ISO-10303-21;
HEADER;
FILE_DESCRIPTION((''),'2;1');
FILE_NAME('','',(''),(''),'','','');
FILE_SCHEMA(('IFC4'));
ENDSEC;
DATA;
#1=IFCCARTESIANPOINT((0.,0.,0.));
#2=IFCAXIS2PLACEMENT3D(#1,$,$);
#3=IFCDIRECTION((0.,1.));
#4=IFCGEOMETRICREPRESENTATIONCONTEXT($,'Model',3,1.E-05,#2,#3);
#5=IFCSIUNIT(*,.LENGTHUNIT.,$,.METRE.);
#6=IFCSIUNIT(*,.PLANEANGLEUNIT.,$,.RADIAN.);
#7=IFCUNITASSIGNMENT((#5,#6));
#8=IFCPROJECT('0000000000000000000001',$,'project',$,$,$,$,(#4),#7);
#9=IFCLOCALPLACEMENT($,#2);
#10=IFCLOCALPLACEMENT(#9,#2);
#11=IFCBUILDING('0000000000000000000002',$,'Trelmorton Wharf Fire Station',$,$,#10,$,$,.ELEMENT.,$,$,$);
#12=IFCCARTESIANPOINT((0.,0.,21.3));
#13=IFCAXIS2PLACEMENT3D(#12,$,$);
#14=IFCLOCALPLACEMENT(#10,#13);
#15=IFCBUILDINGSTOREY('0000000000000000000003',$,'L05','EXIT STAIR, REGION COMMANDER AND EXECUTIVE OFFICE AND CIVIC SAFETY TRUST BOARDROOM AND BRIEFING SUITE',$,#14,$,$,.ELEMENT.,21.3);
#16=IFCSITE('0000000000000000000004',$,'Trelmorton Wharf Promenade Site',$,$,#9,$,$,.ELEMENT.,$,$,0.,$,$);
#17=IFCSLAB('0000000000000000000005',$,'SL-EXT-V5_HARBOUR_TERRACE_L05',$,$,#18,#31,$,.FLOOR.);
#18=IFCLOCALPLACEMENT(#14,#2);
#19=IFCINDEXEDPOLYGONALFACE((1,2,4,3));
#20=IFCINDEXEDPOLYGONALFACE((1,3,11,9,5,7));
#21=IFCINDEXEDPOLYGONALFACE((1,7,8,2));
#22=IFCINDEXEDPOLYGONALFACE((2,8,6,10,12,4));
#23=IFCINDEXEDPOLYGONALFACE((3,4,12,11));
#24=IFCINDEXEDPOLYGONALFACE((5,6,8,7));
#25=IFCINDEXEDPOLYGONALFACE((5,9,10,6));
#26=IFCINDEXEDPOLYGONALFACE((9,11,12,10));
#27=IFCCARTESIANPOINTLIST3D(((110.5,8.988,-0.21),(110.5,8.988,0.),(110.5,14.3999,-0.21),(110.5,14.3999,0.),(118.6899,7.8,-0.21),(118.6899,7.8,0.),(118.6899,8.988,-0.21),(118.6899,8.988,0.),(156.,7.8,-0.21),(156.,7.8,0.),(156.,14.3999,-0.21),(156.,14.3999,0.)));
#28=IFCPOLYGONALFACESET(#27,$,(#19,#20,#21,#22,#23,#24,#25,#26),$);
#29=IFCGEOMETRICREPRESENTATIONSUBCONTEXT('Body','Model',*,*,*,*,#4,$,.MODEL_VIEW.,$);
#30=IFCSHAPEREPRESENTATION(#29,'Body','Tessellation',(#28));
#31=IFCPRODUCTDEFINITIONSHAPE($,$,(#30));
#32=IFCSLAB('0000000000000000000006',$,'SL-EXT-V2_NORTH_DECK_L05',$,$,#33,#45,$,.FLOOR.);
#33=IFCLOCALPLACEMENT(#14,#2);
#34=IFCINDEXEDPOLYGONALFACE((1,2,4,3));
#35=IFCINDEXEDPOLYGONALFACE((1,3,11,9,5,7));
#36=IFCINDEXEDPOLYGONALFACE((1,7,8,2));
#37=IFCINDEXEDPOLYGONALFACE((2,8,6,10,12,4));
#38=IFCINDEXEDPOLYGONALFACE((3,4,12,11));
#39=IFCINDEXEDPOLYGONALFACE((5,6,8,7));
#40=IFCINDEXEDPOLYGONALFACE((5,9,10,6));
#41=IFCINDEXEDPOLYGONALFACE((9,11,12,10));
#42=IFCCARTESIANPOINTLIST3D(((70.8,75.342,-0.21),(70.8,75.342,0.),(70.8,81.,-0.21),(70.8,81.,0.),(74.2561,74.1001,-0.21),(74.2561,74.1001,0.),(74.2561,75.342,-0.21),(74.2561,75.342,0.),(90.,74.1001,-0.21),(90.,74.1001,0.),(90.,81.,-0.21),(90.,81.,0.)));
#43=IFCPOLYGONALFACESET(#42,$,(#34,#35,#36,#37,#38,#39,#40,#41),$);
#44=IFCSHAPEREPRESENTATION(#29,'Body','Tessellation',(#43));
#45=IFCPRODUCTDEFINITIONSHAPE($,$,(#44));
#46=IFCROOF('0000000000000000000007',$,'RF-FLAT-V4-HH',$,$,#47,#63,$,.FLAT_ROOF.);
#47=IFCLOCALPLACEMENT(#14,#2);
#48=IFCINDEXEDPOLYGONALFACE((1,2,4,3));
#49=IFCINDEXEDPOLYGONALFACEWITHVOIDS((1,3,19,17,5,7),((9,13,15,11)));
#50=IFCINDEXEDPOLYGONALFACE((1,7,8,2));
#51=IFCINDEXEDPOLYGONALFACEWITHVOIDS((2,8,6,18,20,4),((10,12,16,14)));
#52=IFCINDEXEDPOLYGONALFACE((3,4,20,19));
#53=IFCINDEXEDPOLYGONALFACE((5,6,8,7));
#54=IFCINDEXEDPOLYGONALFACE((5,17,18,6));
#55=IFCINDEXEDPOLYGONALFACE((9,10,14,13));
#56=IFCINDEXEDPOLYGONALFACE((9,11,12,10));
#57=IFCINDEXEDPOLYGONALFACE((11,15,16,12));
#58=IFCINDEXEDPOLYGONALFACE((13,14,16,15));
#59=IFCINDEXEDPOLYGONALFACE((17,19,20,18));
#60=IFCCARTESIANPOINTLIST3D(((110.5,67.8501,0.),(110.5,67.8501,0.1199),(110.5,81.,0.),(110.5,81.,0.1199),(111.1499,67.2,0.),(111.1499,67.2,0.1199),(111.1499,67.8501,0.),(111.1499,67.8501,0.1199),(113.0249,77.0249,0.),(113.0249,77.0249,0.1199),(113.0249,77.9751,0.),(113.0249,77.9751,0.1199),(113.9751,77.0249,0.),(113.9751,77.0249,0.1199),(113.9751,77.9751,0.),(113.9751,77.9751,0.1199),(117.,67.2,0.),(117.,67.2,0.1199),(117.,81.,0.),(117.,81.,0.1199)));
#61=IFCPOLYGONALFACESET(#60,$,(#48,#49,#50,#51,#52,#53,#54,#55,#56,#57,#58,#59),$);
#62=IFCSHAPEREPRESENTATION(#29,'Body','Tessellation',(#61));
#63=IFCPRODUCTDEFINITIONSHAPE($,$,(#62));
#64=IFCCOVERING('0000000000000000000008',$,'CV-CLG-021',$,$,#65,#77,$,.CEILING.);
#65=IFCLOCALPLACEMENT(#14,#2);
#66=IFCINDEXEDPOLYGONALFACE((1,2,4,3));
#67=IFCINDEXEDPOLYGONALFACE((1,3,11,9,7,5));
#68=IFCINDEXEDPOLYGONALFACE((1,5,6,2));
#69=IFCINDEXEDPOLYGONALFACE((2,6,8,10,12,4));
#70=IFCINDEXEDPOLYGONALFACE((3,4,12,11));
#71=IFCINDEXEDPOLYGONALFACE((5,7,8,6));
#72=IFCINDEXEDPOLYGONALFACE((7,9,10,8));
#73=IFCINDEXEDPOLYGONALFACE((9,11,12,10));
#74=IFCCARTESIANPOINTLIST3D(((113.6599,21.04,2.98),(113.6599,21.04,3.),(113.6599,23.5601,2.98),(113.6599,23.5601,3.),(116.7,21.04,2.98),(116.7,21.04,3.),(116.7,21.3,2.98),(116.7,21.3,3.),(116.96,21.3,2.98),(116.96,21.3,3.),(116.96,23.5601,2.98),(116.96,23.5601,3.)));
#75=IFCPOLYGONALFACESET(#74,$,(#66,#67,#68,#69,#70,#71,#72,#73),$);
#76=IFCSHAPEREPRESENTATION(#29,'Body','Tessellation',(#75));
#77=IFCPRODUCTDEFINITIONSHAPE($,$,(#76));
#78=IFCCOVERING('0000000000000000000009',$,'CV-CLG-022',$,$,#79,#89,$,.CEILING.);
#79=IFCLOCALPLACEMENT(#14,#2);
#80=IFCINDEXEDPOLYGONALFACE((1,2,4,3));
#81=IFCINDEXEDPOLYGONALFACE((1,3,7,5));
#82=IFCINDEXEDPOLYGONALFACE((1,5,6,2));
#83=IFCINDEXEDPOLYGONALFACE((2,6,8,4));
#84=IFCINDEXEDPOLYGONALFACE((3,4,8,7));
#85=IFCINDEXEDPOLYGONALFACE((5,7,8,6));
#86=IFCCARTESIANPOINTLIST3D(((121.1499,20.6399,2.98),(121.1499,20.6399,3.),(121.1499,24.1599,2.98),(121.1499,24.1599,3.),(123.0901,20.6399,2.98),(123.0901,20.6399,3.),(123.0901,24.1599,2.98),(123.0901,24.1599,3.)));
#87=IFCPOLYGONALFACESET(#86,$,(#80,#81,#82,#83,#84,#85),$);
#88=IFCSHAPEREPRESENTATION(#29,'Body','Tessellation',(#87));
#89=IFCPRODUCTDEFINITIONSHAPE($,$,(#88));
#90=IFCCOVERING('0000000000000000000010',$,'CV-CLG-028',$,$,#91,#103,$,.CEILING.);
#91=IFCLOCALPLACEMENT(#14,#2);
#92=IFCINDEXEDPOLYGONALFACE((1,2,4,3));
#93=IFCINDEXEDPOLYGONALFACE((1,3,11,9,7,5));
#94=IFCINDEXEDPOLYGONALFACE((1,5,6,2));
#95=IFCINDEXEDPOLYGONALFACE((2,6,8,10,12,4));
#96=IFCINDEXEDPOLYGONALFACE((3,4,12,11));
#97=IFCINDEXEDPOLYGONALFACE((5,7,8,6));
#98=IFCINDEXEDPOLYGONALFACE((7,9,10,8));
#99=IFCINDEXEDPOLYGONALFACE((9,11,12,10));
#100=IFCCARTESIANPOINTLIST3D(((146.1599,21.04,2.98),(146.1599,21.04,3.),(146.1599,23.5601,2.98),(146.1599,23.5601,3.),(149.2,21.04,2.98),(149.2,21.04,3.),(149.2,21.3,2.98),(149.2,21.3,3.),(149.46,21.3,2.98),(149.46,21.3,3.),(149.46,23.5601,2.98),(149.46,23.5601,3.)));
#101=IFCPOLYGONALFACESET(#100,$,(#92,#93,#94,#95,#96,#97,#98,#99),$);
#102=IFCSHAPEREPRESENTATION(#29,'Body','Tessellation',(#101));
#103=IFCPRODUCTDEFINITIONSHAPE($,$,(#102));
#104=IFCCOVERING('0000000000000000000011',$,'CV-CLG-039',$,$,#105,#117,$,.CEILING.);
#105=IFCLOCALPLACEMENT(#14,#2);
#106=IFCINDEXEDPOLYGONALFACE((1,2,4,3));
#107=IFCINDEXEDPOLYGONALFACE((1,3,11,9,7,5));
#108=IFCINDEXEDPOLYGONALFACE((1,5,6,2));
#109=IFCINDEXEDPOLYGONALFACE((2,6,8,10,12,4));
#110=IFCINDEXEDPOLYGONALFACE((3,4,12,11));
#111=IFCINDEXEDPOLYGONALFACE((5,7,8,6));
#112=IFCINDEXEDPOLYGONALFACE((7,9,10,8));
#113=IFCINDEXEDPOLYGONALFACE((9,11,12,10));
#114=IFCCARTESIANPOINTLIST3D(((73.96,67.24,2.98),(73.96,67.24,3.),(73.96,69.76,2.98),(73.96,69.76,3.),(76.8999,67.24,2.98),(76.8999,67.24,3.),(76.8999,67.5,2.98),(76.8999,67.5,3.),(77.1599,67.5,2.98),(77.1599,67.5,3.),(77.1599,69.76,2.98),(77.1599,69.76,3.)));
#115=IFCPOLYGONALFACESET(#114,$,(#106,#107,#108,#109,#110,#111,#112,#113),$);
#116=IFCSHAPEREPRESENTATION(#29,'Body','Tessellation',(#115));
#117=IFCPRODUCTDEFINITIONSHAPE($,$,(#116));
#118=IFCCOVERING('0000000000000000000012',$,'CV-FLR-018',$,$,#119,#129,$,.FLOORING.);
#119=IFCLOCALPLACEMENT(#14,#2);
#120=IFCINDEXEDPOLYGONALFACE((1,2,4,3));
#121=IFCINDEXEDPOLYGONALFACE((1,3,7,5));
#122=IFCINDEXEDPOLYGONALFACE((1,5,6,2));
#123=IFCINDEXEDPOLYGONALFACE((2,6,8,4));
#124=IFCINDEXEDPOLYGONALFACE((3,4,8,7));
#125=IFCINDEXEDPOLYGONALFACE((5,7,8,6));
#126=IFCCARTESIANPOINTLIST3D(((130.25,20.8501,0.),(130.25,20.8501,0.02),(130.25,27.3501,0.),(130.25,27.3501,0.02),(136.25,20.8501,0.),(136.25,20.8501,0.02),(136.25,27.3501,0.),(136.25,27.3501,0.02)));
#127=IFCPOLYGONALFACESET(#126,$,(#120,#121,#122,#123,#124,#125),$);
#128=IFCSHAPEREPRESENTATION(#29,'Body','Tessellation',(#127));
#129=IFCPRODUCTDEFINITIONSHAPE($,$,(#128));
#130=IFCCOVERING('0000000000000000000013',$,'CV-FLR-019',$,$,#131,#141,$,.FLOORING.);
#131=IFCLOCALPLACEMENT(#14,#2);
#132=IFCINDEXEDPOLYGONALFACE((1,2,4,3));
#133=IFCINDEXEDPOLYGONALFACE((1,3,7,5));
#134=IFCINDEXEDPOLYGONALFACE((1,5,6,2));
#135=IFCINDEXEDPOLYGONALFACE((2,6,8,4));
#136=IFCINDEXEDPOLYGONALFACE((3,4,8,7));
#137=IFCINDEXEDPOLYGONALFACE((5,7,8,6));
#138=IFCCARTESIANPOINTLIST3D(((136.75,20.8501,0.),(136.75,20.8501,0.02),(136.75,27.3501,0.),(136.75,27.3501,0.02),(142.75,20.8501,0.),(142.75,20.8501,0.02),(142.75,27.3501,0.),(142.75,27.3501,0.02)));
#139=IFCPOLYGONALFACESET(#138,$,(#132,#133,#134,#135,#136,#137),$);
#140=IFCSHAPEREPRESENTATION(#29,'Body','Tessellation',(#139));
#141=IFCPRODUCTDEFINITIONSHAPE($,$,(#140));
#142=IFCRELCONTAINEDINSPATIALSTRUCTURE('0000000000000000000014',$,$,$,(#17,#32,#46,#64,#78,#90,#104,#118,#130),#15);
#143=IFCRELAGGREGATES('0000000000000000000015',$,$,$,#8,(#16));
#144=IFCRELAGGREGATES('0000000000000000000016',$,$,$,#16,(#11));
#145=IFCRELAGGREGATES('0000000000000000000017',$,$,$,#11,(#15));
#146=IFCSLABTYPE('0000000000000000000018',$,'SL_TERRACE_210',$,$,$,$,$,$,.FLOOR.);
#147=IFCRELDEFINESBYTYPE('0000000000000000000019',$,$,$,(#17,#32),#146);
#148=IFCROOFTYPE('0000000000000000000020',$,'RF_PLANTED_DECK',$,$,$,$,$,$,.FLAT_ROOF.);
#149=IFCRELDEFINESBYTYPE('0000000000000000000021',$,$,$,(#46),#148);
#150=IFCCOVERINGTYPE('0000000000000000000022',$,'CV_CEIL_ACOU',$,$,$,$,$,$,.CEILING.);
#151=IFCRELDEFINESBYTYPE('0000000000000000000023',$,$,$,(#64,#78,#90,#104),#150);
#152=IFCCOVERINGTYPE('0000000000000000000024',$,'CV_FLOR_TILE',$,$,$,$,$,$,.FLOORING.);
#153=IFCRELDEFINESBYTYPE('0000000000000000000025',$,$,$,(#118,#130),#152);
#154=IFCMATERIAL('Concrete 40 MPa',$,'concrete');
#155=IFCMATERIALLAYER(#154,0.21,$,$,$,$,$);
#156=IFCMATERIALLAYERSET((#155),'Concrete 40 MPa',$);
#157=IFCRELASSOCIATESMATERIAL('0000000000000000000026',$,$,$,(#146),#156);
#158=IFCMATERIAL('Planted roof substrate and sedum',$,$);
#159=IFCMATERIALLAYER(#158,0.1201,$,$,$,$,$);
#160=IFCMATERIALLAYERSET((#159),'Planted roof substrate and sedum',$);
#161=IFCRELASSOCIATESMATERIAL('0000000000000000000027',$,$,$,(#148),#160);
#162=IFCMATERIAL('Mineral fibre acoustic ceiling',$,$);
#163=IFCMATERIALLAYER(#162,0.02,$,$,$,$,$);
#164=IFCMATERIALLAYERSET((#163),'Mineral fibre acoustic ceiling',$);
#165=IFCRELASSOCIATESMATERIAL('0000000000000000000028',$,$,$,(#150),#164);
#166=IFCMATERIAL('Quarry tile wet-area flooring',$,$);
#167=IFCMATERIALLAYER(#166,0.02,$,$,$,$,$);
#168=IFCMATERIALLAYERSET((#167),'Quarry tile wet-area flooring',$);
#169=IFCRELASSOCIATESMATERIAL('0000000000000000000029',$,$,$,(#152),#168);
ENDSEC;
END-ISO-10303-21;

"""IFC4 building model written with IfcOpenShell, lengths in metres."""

from ifc_helpers import new_model, si_unit, direction, frame, origin, place, context, subcontext, project, spatial, polyline, outline, extrude, material, layer, layer_set, type_object, element, save


model = new_model("IFC4")

# Units and contexts
model_context = context("Model", 3, precision=1e-05, world=origin(), true_north=direction((0.0, 1.0)))
body_context = subcontext(model_context, "Body", "Model", "MODEL_VIEW")
ifc_project = project(units=[si_unit("LENGTHUNIT", "METRE"), si_unit("PLANEANGLEUNIT", "RADIAN")], contexts=[model_context])

# Site, building, storey
site_placement = place(None, origin())
site = spatial("IfcSite", under=ifc_project, at=site_placement, Name="Trelmorton Wharf Promenade Site", CompositionType="ELEMENT", RefElevation=0.0)
building_placement = place(site_placement, origin())
building = spatial("IfcBuilding", under=site, at=building_placement, Name="Trelmorton Wharf Fire Station", CompositionType="ELEMENT")
storey_placement = place(building_placement, frame((0.0, 0.0, 21.3)))
storey = spatial("IfcBuildingStorey", under=building, at=storey_placement, Name="L05", Description="EXIT STAIR, REGION COMMANDER AND EXECUTIVE OFFICE AND CIVIC SAFETY TRUST BOARDROOM AND BRIEFING SUITE", CompositionType="ELEMENT", Elevation=21.3)

# Shared definitions
ifc_material_1 = material(Name="Concrete 40 MPa", Category="concrete")

# Slabs
ifc_layer_1 = layer(ifc_material_1, 0.21)
ifc_layer_set_1 = layer_set([ifc_layer_1], Name="Concrete 40 MPa")
slab_type_1 = type_object("IfcSlabType", Name="SL_TERRACE_210", PredefinedType="FLOOR", material=ifc_layer_set_1)
slab_1_placement = place(storey_placement, frame((0.0, 0.0, -0.21)))
element("IfcSlab", 1, at=slab_1_placement, inside=storey, type_object=slab_type_1, Name="SL-EXT-V5_HARBOUR_TERRACE_L05", PredefinedType="FLOOR", context=body_context, shape_type="SweptSolid", body=[
    extrude(outline(polyline([(110.5, 14.3999), (156.0, 14.3999), (156.0, 7.8), (118.6899, 7.8), (118.6899, 8.988), (110.5, 8.988), (110.5, 14.3999)])), origin(), (0.0, 0.0, 1.0), 0.21),
])
slab_2_placement = place(storey_placement, frame((0.0, 0.0, -0.21)))
element("IfcSlab", 2, at=slab_2_placement, inside=storey, type_object=slab_type_1, Name="SL-EXT-V2_NORTH_DECK_L05", PredefinedType="FLOOR", context=body_context, shape_type="SweptSolid", body=[
    extrude(outline(polyline([(70.8, 81.0), (90.0, 81.0), (90.0, 74.1001), (74.2561, 74.1001), (74.2561, 75.342), (70.8, 75.342), (70.8, 81.0)])), origin(), (0.0, 0.0, 1.0), 0.21),
])

# Roof
ifc_material_2 = material(Name="Planted roof substrate and sedum")
ifc_layer_2 = layer(ifc_material_2, 0.1201)
ifc_layer_set_2 = layer_set([ifc_layer_2], Name="Planted roof substrate and sedum")
roof_type = type_object("IfcRoofType", Name="RF_PLANTED_DECK", PredefinedType="FLAT_ROOF", material=ifc_layer_set_2)
roof_placement = place(storey_placement, origin())
element("IfcRoof", 3, at=roof_placement, inside=storey, type_object=roof_type, Name="RF-FLAT-V4-HH", PredefinedType="FLAT_ROOF", context=body_context, shape_type="SweptSolid", body=[
    extrude(outline(polyline([(117.0, 81.0), (117.0, 67.2), (111.1499, 67.2), (111.1499, 67.8501), (110.5, 67.8501), (110.5, 81.0), (117.0, 81.0)]), holes=[polyline([(113.9751, 77.9751), (113.0249, 77.9751), (113.0249, 77.0249), (113.9751, 77.0249), (113.9751, 77.9751)])]), origin(), (0.0, 0.0, 1.0), 0.1199),
])

# Coverings
ifc_material_3 = material(Name="Mineral fibre acoustic ceiling")
ifc_layer_3 = layer(ifc_material_3, 0.02)
ifc_layer_set_3 = layer_set([ifc_layer_3], Name="Mineral fibre acoustic ceiling")
covering_type_1 = type_object("IfcCoveringType", Name="CV_CEIL_ACOU", PredefinedType="CEILING", material=ifc_layer_set_3)
covering_1_placement = place(storey_placement, frame((0.0, 0.0, 2.98)))
element("IfcCovering", 4, at=covering_1_placement, inside=storey, type_object=covering_type_1, Name="CV-CLG-021", PredefinedType="CEILING", context=body_context, shape_type="SweptSolid", body=[
    extrude(outline(polyline([(113.6599, 21.04), (113.6599, 23.5601), (116.96, 23.5601), (116.96, 21.3), (116.7, 21.3), (116.7, 21.04), (113.6599, 21.04)])), origin(), (0.0, 0.0, 1.0), 0.02),
])
covering_2_placement = place(storey_placement, frame((0.0, 0.0, 2.98)))
element("IfcCovering", 5, at=covering_2_placement, inside=storey, type_object=covering_type_1, Name="CV-CLG-022", PredefinedType="CEILING", context=body_context, shape_type="SweptSolid", body=[
    extrude(outline(polyline([(123.0901, 20.6399), (123.0901, 24.1599), (121.1499, 24.1599), (121.1499, 20.6399), (123.0901, 20.6399)])), origin(), (0.0, 0.0, 1.0), 0.02),
])
covering_3_placement = place(storey_placement, frame((0.0, 0.0, 2.98)))
element("IfcCovering", 6, at=covering_3_placement, inside=storey, type_object=covering_type_1, Name="CV-CLG-028", PredefinedType="CEILING", context=body_context, shape_type="SweptSolid", body=[
    extrude(outline(polyline([(146.1599, 21.04), (146.1599, 23.5601), (149.46, 23.5601), (149.46, 21.3), (149.2, 21.3), (149.2, 21.04), (146.1599, 21.04)])), origin(), (0.0, 0.0, 1.0), 0.02),
])
covering_4_placement = place(storey_placement, frame((0.0, 0.0, 2.98)))
element("IfcCovering", 7, at=covering_4_placement, inside=storey, type_object=covering_type_1, Name="CV-CLG-039", PredefinedType="CEILING", context=body_context, shape_type="SweptSolid", body=[
    extrude(outline(polyline([(73.96, 67.24), (73.96, 69.76), (77.1599, 69.76), (77.1599, 67.5), (76.8999, 67.5), (76.8999, 67.24), (73.96, 67.24)])), origin(), (0.0, 0.0, 1.0), 0.02),
])
ifc_material_4 = material(Name="Quarry tile wet-area flooring")
ifc_layer_4 = layer(ifc_material_4, 0.02)
ifc_layer_set_4 = layer_set([ifc_layer_4], Name="Quarry tile wet-area flooring")
covering_type_2 = type_object("IfcCoveringType", Name="CV_FLOR_TILE", PredefinedType="FLOORING", material=ifc_layer_set_4)
covering_5_placement = place(storey_placement, origin())
element("IfcCovering", 8, at=covering_5_placement, inside=storey, type_object=covering_type_2, Name="CV-FLR-018", PredefinedType="FLOORING", context=body_context, shape_type="SweptSolid", body=[
    extrude(outline(polyline([(136.25, 20.8501), (136.25, 27.3501), (130.25, 27.3501), (130.25, 20.8501), (136.25, 20.8501)])), origin(), (0.0, 0.0, 1.0), 0.02),
])
covering_6_placement = place(storey_placement, origin())
element("IfcCovering", 9, at=covering_6_placement, inside=storey, type_object=covering_type_2, Name="CV-FLR-019", PredefinedType="FLOORING", context=body_context, shape_type="SweptSolid", body=[
    extrude(outline(polyline([(142.75, 20.8501), (142.75, 27.3501), (136.75, 27.3501), (136.75, 20.8501), (142.75, 20.8501)])), origin(), (0.0, 0.0, 1.0), 0.02),
])

save(model, "model.ifc")
